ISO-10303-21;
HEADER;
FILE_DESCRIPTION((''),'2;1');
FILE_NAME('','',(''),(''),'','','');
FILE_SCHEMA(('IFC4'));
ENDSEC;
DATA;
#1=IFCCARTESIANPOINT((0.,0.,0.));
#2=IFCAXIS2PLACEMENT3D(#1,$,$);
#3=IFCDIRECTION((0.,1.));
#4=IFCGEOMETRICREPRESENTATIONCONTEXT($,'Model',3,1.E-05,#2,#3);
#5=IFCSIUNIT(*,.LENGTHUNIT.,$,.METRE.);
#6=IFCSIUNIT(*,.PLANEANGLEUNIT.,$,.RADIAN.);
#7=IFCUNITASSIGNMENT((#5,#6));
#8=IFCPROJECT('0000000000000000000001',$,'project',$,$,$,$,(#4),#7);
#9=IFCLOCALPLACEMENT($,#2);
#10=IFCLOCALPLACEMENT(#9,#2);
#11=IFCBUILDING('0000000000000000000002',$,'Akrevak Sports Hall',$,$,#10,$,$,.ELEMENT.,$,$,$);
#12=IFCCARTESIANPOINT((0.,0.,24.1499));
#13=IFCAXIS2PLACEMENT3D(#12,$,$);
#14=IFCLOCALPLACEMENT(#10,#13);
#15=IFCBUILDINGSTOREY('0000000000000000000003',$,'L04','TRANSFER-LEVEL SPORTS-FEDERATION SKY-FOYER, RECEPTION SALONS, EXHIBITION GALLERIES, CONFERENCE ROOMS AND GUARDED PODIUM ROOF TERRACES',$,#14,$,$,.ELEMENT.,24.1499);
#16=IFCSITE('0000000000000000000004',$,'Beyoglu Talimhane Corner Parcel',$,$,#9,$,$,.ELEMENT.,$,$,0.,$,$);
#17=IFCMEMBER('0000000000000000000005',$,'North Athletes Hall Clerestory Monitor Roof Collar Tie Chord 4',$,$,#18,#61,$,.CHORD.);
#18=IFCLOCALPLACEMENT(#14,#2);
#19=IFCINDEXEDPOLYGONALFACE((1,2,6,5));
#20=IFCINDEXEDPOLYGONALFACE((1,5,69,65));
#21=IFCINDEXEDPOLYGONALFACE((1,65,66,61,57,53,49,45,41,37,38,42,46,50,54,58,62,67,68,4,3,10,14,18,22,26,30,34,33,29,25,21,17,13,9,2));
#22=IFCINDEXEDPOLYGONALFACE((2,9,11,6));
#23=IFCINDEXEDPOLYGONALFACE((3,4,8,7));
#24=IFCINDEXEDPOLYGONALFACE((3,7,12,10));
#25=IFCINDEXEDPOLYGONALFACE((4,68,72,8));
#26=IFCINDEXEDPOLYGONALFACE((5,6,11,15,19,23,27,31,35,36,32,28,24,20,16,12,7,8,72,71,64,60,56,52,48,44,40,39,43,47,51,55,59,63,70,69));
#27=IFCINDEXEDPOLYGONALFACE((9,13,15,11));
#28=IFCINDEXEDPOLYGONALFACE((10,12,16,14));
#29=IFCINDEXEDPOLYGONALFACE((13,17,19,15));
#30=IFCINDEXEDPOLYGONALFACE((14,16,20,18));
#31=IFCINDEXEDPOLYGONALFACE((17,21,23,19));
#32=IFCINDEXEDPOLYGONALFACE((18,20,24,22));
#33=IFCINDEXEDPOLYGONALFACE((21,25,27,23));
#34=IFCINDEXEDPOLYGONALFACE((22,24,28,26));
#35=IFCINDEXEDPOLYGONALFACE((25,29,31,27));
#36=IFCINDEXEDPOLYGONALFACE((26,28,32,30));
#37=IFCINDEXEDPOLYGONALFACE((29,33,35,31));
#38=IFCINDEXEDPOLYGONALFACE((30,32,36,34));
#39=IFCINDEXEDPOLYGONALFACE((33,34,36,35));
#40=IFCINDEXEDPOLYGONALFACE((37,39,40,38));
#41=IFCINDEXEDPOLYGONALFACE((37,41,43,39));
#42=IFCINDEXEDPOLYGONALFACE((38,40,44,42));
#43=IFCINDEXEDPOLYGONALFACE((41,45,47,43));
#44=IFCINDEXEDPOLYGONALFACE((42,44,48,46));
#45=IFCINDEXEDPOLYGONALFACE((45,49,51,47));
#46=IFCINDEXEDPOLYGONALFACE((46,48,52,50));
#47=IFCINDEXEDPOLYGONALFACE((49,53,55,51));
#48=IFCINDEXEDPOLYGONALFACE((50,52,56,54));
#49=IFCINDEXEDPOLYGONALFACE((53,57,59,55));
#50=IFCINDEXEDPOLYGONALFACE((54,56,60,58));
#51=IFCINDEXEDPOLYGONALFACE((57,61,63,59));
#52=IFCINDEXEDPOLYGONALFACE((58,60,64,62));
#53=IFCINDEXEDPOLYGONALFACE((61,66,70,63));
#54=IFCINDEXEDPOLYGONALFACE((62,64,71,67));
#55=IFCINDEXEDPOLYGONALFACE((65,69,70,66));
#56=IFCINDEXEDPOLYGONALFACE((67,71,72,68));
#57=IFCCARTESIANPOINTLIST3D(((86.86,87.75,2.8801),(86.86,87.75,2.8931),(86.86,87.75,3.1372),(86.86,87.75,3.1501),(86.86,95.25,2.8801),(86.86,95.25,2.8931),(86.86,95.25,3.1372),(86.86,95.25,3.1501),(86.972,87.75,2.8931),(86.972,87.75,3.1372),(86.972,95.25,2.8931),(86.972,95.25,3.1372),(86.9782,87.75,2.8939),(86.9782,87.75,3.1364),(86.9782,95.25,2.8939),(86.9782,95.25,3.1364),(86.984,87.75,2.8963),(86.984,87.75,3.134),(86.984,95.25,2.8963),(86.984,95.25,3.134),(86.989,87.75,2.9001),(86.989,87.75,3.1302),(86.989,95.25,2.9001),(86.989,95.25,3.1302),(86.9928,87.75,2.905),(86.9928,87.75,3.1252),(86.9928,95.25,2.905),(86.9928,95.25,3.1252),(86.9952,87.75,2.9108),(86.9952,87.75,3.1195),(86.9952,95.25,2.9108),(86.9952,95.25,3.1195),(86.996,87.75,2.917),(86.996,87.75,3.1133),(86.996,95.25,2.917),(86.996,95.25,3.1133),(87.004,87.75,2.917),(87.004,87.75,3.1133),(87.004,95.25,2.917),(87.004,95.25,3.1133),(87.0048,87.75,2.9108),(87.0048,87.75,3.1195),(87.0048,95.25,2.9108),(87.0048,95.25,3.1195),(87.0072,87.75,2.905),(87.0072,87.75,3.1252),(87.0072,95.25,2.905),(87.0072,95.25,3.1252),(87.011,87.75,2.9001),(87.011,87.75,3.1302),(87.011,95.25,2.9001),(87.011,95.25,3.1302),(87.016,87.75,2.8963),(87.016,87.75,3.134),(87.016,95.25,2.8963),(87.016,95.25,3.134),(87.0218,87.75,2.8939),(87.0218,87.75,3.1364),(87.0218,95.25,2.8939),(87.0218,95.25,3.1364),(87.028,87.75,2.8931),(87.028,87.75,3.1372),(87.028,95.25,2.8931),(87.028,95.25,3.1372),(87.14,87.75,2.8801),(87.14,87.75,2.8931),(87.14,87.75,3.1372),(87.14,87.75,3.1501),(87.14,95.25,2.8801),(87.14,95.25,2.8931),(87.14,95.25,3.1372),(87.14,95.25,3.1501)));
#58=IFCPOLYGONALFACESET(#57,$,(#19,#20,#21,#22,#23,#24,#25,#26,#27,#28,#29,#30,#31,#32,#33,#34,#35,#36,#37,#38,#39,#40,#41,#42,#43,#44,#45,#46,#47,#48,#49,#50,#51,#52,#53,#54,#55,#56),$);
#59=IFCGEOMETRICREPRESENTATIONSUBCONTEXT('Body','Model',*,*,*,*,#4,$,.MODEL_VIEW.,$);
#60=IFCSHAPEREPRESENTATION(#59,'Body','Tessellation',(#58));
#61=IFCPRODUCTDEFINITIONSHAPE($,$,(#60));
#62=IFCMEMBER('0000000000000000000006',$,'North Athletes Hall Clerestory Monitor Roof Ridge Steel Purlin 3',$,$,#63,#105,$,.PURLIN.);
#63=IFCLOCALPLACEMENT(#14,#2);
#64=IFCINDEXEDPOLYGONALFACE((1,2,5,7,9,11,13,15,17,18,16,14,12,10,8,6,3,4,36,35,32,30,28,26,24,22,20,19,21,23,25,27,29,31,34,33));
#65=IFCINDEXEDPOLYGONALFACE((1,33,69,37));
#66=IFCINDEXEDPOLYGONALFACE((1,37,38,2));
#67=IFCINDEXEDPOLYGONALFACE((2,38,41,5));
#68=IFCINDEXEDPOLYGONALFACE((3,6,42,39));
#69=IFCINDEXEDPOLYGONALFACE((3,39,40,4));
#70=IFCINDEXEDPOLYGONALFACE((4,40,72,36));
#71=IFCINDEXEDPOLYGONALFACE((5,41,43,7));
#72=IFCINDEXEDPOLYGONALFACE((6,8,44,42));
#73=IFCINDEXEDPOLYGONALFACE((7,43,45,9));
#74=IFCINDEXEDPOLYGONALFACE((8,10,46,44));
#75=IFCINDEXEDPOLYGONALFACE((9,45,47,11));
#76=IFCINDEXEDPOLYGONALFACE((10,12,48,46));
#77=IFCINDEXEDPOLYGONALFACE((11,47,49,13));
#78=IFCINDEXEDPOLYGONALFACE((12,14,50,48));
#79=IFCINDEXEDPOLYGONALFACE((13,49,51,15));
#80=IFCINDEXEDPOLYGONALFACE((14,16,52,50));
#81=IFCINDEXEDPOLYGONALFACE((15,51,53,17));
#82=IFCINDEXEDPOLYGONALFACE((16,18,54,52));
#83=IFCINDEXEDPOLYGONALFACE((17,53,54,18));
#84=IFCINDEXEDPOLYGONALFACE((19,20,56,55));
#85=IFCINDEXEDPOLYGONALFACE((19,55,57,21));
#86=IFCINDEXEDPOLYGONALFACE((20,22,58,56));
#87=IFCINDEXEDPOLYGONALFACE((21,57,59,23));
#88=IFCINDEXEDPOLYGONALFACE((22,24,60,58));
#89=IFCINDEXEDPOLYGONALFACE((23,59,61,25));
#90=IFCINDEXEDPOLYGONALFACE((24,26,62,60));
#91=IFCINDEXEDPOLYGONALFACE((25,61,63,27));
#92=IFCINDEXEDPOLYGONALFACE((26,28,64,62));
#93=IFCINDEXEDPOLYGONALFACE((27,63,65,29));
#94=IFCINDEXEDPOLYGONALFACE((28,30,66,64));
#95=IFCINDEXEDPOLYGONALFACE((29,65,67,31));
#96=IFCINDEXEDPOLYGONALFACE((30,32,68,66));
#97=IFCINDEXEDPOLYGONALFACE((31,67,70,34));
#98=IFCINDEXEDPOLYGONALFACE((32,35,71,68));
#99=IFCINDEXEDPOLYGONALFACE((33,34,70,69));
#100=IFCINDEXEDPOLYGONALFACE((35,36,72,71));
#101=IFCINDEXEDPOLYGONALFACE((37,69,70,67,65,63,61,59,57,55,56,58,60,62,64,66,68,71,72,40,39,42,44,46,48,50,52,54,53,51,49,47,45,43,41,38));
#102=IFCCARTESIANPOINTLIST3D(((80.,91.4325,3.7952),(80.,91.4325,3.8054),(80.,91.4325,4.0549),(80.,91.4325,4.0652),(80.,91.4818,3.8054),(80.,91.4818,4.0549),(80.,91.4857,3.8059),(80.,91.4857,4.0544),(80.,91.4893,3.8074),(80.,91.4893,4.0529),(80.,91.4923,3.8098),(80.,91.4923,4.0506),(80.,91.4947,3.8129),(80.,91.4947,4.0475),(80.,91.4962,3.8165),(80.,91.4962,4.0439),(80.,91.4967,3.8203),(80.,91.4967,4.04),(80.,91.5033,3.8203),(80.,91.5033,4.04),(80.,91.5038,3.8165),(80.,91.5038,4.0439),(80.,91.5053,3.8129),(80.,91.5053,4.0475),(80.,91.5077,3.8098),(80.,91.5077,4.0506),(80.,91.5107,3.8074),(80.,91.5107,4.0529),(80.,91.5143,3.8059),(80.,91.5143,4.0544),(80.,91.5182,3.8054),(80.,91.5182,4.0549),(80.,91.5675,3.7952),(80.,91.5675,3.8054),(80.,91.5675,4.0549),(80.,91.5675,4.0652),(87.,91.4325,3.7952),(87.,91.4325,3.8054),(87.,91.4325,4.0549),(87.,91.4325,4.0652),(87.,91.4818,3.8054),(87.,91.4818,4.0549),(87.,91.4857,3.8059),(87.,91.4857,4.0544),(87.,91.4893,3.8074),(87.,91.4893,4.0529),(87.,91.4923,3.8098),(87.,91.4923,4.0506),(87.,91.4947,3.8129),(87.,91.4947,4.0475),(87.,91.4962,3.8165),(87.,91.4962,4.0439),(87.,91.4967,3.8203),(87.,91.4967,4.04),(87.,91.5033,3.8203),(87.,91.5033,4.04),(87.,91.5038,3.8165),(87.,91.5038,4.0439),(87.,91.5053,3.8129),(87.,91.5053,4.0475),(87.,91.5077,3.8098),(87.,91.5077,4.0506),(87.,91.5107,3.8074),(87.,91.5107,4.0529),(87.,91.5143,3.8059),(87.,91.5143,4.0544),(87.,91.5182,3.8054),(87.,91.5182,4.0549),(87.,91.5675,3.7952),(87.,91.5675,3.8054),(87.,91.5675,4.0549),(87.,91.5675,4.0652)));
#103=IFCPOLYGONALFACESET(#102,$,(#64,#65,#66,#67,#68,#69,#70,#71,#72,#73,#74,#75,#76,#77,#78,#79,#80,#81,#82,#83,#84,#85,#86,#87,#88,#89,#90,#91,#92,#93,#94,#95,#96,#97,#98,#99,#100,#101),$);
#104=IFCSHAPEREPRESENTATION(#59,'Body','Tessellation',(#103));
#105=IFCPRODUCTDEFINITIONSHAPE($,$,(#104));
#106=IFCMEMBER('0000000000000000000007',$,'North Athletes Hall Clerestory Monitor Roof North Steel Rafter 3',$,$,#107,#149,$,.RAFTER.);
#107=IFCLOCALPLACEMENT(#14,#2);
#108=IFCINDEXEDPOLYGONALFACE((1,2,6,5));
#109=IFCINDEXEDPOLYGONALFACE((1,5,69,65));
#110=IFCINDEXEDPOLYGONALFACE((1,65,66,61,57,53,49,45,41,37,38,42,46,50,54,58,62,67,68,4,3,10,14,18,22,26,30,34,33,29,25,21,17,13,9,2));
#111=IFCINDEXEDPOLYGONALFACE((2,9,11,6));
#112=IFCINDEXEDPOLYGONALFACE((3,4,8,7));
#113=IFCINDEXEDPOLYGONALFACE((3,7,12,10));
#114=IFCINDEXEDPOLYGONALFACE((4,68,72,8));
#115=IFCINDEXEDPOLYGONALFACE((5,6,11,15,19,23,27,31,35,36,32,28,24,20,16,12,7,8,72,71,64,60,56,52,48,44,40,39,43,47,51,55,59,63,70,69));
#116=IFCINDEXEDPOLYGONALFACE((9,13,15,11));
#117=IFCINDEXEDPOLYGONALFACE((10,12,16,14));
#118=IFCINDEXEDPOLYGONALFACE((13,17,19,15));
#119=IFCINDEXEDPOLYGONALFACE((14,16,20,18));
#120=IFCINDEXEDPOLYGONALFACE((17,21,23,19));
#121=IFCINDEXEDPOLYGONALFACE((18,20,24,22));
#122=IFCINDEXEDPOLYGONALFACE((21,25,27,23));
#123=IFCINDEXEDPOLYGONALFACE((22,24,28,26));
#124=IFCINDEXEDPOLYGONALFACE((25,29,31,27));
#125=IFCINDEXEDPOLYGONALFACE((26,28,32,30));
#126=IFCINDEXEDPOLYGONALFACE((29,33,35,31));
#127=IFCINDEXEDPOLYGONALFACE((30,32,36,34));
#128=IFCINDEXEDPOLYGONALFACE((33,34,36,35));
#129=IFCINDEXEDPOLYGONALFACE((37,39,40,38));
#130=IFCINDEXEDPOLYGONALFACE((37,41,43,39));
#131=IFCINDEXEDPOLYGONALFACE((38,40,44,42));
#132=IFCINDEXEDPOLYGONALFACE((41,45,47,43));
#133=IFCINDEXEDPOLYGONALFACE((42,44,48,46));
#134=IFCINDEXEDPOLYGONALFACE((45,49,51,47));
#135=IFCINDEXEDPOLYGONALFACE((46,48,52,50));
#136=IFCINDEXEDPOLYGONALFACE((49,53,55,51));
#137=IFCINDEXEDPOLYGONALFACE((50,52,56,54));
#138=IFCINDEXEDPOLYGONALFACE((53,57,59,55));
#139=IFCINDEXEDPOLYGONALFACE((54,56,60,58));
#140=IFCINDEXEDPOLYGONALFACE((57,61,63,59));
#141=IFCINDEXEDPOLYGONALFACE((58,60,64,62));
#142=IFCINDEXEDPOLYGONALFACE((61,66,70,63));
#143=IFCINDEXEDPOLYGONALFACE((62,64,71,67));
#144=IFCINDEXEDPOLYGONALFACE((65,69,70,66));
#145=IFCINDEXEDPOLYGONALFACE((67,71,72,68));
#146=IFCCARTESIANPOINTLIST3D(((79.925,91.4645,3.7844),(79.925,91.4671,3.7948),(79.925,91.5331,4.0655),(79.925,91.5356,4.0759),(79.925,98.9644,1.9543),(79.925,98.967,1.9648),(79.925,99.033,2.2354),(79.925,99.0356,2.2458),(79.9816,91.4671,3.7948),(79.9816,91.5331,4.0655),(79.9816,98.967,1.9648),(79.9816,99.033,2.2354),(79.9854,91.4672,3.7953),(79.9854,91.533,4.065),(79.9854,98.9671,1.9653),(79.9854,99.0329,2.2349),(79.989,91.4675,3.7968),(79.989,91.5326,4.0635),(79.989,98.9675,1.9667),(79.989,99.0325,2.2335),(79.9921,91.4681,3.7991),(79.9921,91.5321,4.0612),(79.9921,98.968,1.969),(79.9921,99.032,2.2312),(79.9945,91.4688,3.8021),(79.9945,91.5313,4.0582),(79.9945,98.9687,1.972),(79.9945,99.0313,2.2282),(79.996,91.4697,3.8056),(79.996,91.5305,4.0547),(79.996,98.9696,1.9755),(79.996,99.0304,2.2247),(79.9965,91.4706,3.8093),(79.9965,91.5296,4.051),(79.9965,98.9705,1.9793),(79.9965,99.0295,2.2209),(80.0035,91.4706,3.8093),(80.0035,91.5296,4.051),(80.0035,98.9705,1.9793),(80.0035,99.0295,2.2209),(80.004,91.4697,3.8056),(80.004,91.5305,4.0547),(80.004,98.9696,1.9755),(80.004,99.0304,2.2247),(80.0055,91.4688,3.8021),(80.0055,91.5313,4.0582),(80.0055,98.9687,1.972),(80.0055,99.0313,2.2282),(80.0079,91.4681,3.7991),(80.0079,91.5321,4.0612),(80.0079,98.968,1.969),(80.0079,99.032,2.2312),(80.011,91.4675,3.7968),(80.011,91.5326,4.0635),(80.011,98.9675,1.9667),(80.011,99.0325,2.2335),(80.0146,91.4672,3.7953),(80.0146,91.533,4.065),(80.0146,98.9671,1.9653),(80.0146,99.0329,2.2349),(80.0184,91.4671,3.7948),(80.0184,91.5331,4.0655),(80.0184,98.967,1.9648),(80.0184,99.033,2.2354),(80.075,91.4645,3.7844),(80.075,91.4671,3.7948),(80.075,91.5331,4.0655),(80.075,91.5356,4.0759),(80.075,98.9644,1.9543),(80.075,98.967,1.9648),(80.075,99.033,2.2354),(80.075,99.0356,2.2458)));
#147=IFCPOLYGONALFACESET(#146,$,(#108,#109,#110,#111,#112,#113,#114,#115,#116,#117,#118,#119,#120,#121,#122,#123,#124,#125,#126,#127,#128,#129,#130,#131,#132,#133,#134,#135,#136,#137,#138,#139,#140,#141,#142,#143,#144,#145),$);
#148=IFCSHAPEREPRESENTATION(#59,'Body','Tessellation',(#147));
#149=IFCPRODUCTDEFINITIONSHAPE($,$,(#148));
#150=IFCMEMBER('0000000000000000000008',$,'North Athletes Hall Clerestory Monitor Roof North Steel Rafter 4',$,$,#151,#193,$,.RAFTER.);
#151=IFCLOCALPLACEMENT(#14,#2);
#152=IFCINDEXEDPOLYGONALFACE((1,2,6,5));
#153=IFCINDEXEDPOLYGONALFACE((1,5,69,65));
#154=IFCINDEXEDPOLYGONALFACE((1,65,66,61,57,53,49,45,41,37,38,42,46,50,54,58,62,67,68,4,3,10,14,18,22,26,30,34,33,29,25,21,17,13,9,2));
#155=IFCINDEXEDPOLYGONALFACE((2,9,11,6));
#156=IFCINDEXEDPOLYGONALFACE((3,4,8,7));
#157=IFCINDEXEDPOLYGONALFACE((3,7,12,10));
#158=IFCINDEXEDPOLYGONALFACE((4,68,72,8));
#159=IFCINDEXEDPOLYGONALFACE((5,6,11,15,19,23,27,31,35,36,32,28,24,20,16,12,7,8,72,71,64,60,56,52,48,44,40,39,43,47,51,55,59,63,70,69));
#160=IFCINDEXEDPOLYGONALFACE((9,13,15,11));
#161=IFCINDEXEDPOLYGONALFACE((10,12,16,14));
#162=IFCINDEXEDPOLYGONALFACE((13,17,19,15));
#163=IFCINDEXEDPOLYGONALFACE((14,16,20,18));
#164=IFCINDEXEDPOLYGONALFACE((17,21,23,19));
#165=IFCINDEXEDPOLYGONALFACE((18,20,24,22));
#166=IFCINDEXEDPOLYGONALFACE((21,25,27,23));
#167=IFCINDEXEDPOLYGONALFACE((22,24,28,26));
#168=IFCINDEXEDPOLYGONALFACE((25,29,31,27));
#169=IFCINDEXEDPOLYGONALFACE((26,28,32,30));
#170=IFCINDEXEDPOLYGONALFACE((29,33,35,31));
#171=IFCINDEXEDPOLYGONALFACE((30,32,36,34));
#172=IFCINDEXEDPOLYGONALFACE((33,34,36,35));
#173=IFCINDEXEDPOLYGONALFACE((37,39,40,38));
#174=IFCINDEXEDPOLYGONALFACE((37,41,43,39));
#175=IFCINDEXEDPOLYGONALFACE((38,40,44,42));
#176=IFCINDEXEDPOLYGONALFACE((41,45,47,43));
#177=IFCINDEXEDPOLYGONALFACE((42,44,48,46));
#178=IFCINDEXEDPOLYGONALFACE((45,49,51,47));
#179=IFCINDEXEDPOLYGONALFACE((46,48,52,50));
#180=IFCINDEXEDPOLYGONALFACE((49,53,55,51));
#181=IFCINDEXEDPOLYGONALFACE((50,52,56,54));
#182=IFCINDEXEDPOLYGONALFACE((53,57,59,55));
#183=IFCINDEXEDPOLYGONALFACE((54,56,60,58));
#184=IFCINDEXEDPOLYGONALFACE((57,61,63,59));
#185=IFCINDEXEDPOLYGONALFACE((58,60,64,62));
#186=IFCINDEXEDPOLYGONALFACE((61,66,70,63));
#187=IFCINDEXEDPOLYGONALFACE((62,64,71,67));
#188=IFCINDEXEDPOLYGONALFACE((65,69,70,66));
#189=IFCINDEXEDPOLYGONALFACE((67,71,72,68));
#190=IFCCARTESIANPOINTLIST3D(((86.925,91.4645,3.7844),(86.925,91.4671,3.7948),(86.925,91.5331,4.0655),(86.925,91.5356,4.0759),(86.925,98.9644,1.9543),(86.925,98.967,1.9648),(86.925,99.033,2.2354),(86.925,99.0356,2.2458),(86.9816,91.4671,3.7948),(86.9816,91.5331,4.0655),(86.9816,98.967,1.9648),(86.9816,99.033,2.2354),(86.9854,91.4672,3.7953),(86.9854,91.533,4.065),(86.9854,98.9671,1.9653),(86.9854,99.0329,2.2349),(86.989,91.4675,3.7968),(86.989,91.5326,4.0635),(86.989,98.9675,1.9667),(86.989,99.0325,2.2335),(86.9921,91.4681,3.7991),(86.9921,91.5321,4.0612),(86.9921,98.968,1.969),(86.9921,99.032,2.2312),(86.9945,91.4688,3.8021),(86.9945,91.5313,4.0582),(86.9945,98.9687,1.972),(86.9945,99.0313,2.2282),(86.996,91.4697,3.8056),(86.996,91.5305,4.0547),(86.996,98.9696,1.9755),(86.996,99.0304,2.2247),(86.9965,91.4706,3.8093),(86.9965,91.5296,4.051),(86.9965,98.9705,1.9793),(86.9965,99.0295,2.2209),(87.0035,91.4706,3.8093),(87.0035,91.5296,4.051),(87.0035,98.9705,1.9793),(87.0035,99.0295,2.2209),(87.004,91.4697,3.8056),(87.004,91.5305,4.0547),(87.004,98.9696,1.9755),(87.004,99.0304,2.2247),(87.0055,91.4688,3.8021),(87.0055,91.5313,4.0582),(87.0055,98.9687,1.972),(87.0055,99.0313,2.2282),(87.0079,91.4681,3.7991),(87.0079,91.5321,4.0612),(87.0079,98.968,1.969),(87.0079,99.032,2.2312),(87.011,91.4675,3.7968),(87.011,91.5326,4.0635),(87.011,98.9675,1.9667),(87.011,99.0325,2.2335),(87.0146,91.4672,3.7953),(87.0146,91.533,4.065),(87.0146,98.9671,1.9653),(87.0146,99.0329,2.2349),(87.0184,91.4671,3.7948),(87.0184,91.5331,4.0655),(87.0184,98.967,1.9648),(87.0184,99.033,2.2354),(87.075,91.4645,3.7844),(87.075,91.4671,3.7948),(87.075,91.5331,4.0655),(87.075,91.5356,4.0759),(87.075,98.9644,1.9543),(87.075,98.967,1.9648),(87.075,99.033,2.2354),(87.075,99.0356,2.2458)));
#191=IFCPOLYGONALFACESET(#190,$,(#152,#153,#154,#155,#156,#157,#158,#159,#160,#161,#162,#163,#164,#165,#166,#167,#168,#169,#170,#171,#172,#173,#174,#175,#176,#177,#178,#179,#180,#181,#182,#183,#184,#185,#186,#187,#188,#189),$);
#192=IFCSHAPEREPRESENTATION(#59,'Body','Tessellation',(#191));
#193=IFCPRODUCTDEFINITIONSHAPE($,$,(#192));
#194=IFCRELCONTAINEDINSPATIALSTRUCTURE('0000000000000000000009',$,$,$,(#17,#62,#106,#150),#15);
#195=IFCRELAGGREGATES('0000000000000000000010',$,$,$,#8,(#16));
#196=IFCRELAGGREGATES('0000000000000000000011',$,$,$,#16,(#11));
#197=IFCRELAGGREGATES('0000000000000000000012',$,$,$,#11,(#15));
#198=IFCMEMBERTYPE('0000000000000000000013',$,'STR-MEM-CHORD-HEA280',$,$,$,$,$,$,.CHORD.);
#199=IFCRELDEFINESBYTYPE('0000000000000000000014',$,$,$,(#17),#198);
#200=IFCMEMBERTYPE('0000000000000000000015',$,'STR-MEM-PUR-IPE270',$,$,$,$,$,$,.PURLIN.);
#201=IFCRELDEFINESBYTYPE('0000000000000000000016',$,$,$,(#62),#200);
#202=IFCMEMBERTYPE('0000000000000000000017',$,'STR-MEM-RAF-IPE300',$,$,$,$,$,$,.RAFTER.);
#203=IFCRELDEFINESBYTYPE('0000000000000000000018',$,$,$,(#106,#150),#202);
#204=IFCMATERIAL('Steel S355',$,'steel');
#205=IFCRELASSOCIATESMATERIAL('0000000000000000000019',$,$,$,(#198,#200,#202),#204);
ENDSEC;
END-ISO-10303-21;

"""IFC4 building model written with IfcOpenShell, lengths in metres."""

from ifc_helpers import new_model, si_unit, direction, frame, origin, origin_2d, place, context, subcontext, project, spatial, i_section, extrude, material, material_profile, profile_set, type_object, element, save


model = new_model("IFC4")

# Units and contexts
model_context = context("Model", 3, precision=1e-05, world=origin(), true_north=direction((0.0, 1.0)))
body_context = subcontext(model_context, "Body", "Model", "MODEL_VIEW")
ifc_project = project(units=[si_unit("LENGTHUNIT", "METRE"), si_unit("PLANEANGLEUNIT", "RADIAN")], contexts=[model_context])

# Site, building, storey
site_placement = place(None, origin())
site = spatial("IfcSite", under=ifc_project, at=site_placement, Name="Beyoglu Talimhane Corner Parcel", CompositionType="ELEMENT", RefElevation=0.0)
building_placement = place(site_placement, origin())
building = spatial("IfcBuilding", under=site, at=building_placement, Name="Akrevak Sports Hall", CompositionType="ELEMENT")
storey_placement = place(building_placement, frame((0.0, 0.0, 24.1499)))
storey = spatial("IfcBuildingStorey", under=building, at=storey_placement, Name="L04", Description="TRANSFER-LEVEL SPORTS-FEDERATION SKY-FOYER, RECEPTION SALONS, EXHIBITION GALLERIES, CONFERENCE ROOMS AND GUARDED PODIUM ROOF TERRACES", CompositionType="ELEMENT", Elevation=24.1499)

# Members
ifc_material_1 = material(Name="Steel S355", Category="steel")
ifc_material_profile_1 = material_profile(ifc_material_1, i_section(OverallWidth=0.28, OverallDepth=0.27, WebThickness=0.0081, FlangeThickness=0.0129, FilletRadius=0.0239, at=origin_2d()), Name="HEA 280", Category="steel")
ifc_profile_set_1 = profile_set([ifc_material_profile_1], Name="Steel S355")
member_type_1 = type_object("IfcMemberType", Name="STR-MEM-CHORD-HEA280", PredefinedType="CHORD", material=ifc_profile_set_1)
member_1_placement = place(storey_placement, frame((87.0, 87.75, 3.0151), z_axis=(0.0, 1.0, 0.0), x_axis=(-1.0, 0.0, 0.0)))
element("IfcMember", 1, at=member_1_placement, inside=storey, type_object=member_type_1, Name="North Athletes Hall Clerestory Monitor Roof Collar Tie Chord 4", PredefinedType="CHORD", context=body_context, shape_type="SweptSolid", body=[
    extrude(i_section(OverallWidth=0.28, OverallDepth=0.27, WebThickness=0.0081, FlangeThickness=0.0129, FilletRadius=0.0239, at=origin_2d()), origin(), (0.0, 0.0, 1.0), 7.5),
])
ifc_material_profile_2 = material_profile(ifc_material_1, i_section(OverallWidth=0.135, OverallDepth=0.27, WebThickness=0.0066, FlangeThickness=0.0103, FilletRadius=0.0149, at=origin_2d()), Name="IPE 270", Category="steel")
ifc_profile_set_2 = profile_set([ifc_material_profile_2], Name="Steel S355")
member_type_2 = type_object("IfcMemberType", Name="STR-MEM-PUR-IPE270", PredefinedType="PURLIN", material=ifc_profile_set_2)
member_2_placement = place(storey_placement, frame((80.0, 91.5, 3.9302), z_axis=(1.0, 0.0, 0.0), x_axis=(0.0, 1.0, 0.0)))
element("IfcMember", 2, at=member_2_placement, inside=storey, type_object=member_type_2, Name="North Athletes Hall Clerestory Monitor Roof Ridge Steel Purlin 3", PredefinedType="PURLIN", context=body_context, shape_type="SweptSolid", body=[
    extrude(i_section(OverallWidth=0.135, OverallDepth=0.27, WebThickness=0.0066, FlangeThickness=0.0103, FilletRadius=0.0149, at=origin_2d()), origin(), (0.0, 0.0, 1.0), 7.0),
])
ifc_material_profile_3 = material_profile(ifc_material_1, i_section(OverallWidth=0.1499, OverallDepth=0.3, WebThickness=0.0071, FlangeThickness=0.0107, FilletRadius=0.0149, at=origin_2d()), Name="IPE 300", Category="steel")
ifc_profile_set_3 = profile_set([ifc_material_profile_3], Name="Steel S355")
member_type_3 = type_object("IfcMemberType", Name="STR-MEM-RAF-IPE300", PredefinedType="RAFTER", material=ifc_profile_set_3)
for number, where, z_axis, x_axis, name in (
    (3, (80.0, 99.0, 2.1001), (0.0, -0.971496, 0.237055), (1.0, 0.0, 0.0), "North Athletes Hall Clerestory Monitor Roof North Steel Rafter 3"),
    (4, (87.0, 99.0, 2.1001), (0.0, -0.971496, 0.237055), (1.0, 0.0, 0.0), "North Athletes Hall Clerestory Monitor Roof North Steel Rafter 4"),
):
    element("IfcMember", number, at=place(storey_placement, frame(where, z_axis=z_axis, x_axis=x_axis)), inside=storey, type_object=member_type_3, Name=name, PredefinedType="RAFTER", context=body_context, shape_type="SweptSolid", body=[
        extrude(i_section(OverallWidth=0.1499, OverallDepth=0.3, WebThickness=0.0071, FlangeThickness=0.0107, FilletRadius=0.0149, at=origin_2d()), origin(), (0.0, 0.0, 1.0), 7.72),
    ])

save(model, "model.ifc")
